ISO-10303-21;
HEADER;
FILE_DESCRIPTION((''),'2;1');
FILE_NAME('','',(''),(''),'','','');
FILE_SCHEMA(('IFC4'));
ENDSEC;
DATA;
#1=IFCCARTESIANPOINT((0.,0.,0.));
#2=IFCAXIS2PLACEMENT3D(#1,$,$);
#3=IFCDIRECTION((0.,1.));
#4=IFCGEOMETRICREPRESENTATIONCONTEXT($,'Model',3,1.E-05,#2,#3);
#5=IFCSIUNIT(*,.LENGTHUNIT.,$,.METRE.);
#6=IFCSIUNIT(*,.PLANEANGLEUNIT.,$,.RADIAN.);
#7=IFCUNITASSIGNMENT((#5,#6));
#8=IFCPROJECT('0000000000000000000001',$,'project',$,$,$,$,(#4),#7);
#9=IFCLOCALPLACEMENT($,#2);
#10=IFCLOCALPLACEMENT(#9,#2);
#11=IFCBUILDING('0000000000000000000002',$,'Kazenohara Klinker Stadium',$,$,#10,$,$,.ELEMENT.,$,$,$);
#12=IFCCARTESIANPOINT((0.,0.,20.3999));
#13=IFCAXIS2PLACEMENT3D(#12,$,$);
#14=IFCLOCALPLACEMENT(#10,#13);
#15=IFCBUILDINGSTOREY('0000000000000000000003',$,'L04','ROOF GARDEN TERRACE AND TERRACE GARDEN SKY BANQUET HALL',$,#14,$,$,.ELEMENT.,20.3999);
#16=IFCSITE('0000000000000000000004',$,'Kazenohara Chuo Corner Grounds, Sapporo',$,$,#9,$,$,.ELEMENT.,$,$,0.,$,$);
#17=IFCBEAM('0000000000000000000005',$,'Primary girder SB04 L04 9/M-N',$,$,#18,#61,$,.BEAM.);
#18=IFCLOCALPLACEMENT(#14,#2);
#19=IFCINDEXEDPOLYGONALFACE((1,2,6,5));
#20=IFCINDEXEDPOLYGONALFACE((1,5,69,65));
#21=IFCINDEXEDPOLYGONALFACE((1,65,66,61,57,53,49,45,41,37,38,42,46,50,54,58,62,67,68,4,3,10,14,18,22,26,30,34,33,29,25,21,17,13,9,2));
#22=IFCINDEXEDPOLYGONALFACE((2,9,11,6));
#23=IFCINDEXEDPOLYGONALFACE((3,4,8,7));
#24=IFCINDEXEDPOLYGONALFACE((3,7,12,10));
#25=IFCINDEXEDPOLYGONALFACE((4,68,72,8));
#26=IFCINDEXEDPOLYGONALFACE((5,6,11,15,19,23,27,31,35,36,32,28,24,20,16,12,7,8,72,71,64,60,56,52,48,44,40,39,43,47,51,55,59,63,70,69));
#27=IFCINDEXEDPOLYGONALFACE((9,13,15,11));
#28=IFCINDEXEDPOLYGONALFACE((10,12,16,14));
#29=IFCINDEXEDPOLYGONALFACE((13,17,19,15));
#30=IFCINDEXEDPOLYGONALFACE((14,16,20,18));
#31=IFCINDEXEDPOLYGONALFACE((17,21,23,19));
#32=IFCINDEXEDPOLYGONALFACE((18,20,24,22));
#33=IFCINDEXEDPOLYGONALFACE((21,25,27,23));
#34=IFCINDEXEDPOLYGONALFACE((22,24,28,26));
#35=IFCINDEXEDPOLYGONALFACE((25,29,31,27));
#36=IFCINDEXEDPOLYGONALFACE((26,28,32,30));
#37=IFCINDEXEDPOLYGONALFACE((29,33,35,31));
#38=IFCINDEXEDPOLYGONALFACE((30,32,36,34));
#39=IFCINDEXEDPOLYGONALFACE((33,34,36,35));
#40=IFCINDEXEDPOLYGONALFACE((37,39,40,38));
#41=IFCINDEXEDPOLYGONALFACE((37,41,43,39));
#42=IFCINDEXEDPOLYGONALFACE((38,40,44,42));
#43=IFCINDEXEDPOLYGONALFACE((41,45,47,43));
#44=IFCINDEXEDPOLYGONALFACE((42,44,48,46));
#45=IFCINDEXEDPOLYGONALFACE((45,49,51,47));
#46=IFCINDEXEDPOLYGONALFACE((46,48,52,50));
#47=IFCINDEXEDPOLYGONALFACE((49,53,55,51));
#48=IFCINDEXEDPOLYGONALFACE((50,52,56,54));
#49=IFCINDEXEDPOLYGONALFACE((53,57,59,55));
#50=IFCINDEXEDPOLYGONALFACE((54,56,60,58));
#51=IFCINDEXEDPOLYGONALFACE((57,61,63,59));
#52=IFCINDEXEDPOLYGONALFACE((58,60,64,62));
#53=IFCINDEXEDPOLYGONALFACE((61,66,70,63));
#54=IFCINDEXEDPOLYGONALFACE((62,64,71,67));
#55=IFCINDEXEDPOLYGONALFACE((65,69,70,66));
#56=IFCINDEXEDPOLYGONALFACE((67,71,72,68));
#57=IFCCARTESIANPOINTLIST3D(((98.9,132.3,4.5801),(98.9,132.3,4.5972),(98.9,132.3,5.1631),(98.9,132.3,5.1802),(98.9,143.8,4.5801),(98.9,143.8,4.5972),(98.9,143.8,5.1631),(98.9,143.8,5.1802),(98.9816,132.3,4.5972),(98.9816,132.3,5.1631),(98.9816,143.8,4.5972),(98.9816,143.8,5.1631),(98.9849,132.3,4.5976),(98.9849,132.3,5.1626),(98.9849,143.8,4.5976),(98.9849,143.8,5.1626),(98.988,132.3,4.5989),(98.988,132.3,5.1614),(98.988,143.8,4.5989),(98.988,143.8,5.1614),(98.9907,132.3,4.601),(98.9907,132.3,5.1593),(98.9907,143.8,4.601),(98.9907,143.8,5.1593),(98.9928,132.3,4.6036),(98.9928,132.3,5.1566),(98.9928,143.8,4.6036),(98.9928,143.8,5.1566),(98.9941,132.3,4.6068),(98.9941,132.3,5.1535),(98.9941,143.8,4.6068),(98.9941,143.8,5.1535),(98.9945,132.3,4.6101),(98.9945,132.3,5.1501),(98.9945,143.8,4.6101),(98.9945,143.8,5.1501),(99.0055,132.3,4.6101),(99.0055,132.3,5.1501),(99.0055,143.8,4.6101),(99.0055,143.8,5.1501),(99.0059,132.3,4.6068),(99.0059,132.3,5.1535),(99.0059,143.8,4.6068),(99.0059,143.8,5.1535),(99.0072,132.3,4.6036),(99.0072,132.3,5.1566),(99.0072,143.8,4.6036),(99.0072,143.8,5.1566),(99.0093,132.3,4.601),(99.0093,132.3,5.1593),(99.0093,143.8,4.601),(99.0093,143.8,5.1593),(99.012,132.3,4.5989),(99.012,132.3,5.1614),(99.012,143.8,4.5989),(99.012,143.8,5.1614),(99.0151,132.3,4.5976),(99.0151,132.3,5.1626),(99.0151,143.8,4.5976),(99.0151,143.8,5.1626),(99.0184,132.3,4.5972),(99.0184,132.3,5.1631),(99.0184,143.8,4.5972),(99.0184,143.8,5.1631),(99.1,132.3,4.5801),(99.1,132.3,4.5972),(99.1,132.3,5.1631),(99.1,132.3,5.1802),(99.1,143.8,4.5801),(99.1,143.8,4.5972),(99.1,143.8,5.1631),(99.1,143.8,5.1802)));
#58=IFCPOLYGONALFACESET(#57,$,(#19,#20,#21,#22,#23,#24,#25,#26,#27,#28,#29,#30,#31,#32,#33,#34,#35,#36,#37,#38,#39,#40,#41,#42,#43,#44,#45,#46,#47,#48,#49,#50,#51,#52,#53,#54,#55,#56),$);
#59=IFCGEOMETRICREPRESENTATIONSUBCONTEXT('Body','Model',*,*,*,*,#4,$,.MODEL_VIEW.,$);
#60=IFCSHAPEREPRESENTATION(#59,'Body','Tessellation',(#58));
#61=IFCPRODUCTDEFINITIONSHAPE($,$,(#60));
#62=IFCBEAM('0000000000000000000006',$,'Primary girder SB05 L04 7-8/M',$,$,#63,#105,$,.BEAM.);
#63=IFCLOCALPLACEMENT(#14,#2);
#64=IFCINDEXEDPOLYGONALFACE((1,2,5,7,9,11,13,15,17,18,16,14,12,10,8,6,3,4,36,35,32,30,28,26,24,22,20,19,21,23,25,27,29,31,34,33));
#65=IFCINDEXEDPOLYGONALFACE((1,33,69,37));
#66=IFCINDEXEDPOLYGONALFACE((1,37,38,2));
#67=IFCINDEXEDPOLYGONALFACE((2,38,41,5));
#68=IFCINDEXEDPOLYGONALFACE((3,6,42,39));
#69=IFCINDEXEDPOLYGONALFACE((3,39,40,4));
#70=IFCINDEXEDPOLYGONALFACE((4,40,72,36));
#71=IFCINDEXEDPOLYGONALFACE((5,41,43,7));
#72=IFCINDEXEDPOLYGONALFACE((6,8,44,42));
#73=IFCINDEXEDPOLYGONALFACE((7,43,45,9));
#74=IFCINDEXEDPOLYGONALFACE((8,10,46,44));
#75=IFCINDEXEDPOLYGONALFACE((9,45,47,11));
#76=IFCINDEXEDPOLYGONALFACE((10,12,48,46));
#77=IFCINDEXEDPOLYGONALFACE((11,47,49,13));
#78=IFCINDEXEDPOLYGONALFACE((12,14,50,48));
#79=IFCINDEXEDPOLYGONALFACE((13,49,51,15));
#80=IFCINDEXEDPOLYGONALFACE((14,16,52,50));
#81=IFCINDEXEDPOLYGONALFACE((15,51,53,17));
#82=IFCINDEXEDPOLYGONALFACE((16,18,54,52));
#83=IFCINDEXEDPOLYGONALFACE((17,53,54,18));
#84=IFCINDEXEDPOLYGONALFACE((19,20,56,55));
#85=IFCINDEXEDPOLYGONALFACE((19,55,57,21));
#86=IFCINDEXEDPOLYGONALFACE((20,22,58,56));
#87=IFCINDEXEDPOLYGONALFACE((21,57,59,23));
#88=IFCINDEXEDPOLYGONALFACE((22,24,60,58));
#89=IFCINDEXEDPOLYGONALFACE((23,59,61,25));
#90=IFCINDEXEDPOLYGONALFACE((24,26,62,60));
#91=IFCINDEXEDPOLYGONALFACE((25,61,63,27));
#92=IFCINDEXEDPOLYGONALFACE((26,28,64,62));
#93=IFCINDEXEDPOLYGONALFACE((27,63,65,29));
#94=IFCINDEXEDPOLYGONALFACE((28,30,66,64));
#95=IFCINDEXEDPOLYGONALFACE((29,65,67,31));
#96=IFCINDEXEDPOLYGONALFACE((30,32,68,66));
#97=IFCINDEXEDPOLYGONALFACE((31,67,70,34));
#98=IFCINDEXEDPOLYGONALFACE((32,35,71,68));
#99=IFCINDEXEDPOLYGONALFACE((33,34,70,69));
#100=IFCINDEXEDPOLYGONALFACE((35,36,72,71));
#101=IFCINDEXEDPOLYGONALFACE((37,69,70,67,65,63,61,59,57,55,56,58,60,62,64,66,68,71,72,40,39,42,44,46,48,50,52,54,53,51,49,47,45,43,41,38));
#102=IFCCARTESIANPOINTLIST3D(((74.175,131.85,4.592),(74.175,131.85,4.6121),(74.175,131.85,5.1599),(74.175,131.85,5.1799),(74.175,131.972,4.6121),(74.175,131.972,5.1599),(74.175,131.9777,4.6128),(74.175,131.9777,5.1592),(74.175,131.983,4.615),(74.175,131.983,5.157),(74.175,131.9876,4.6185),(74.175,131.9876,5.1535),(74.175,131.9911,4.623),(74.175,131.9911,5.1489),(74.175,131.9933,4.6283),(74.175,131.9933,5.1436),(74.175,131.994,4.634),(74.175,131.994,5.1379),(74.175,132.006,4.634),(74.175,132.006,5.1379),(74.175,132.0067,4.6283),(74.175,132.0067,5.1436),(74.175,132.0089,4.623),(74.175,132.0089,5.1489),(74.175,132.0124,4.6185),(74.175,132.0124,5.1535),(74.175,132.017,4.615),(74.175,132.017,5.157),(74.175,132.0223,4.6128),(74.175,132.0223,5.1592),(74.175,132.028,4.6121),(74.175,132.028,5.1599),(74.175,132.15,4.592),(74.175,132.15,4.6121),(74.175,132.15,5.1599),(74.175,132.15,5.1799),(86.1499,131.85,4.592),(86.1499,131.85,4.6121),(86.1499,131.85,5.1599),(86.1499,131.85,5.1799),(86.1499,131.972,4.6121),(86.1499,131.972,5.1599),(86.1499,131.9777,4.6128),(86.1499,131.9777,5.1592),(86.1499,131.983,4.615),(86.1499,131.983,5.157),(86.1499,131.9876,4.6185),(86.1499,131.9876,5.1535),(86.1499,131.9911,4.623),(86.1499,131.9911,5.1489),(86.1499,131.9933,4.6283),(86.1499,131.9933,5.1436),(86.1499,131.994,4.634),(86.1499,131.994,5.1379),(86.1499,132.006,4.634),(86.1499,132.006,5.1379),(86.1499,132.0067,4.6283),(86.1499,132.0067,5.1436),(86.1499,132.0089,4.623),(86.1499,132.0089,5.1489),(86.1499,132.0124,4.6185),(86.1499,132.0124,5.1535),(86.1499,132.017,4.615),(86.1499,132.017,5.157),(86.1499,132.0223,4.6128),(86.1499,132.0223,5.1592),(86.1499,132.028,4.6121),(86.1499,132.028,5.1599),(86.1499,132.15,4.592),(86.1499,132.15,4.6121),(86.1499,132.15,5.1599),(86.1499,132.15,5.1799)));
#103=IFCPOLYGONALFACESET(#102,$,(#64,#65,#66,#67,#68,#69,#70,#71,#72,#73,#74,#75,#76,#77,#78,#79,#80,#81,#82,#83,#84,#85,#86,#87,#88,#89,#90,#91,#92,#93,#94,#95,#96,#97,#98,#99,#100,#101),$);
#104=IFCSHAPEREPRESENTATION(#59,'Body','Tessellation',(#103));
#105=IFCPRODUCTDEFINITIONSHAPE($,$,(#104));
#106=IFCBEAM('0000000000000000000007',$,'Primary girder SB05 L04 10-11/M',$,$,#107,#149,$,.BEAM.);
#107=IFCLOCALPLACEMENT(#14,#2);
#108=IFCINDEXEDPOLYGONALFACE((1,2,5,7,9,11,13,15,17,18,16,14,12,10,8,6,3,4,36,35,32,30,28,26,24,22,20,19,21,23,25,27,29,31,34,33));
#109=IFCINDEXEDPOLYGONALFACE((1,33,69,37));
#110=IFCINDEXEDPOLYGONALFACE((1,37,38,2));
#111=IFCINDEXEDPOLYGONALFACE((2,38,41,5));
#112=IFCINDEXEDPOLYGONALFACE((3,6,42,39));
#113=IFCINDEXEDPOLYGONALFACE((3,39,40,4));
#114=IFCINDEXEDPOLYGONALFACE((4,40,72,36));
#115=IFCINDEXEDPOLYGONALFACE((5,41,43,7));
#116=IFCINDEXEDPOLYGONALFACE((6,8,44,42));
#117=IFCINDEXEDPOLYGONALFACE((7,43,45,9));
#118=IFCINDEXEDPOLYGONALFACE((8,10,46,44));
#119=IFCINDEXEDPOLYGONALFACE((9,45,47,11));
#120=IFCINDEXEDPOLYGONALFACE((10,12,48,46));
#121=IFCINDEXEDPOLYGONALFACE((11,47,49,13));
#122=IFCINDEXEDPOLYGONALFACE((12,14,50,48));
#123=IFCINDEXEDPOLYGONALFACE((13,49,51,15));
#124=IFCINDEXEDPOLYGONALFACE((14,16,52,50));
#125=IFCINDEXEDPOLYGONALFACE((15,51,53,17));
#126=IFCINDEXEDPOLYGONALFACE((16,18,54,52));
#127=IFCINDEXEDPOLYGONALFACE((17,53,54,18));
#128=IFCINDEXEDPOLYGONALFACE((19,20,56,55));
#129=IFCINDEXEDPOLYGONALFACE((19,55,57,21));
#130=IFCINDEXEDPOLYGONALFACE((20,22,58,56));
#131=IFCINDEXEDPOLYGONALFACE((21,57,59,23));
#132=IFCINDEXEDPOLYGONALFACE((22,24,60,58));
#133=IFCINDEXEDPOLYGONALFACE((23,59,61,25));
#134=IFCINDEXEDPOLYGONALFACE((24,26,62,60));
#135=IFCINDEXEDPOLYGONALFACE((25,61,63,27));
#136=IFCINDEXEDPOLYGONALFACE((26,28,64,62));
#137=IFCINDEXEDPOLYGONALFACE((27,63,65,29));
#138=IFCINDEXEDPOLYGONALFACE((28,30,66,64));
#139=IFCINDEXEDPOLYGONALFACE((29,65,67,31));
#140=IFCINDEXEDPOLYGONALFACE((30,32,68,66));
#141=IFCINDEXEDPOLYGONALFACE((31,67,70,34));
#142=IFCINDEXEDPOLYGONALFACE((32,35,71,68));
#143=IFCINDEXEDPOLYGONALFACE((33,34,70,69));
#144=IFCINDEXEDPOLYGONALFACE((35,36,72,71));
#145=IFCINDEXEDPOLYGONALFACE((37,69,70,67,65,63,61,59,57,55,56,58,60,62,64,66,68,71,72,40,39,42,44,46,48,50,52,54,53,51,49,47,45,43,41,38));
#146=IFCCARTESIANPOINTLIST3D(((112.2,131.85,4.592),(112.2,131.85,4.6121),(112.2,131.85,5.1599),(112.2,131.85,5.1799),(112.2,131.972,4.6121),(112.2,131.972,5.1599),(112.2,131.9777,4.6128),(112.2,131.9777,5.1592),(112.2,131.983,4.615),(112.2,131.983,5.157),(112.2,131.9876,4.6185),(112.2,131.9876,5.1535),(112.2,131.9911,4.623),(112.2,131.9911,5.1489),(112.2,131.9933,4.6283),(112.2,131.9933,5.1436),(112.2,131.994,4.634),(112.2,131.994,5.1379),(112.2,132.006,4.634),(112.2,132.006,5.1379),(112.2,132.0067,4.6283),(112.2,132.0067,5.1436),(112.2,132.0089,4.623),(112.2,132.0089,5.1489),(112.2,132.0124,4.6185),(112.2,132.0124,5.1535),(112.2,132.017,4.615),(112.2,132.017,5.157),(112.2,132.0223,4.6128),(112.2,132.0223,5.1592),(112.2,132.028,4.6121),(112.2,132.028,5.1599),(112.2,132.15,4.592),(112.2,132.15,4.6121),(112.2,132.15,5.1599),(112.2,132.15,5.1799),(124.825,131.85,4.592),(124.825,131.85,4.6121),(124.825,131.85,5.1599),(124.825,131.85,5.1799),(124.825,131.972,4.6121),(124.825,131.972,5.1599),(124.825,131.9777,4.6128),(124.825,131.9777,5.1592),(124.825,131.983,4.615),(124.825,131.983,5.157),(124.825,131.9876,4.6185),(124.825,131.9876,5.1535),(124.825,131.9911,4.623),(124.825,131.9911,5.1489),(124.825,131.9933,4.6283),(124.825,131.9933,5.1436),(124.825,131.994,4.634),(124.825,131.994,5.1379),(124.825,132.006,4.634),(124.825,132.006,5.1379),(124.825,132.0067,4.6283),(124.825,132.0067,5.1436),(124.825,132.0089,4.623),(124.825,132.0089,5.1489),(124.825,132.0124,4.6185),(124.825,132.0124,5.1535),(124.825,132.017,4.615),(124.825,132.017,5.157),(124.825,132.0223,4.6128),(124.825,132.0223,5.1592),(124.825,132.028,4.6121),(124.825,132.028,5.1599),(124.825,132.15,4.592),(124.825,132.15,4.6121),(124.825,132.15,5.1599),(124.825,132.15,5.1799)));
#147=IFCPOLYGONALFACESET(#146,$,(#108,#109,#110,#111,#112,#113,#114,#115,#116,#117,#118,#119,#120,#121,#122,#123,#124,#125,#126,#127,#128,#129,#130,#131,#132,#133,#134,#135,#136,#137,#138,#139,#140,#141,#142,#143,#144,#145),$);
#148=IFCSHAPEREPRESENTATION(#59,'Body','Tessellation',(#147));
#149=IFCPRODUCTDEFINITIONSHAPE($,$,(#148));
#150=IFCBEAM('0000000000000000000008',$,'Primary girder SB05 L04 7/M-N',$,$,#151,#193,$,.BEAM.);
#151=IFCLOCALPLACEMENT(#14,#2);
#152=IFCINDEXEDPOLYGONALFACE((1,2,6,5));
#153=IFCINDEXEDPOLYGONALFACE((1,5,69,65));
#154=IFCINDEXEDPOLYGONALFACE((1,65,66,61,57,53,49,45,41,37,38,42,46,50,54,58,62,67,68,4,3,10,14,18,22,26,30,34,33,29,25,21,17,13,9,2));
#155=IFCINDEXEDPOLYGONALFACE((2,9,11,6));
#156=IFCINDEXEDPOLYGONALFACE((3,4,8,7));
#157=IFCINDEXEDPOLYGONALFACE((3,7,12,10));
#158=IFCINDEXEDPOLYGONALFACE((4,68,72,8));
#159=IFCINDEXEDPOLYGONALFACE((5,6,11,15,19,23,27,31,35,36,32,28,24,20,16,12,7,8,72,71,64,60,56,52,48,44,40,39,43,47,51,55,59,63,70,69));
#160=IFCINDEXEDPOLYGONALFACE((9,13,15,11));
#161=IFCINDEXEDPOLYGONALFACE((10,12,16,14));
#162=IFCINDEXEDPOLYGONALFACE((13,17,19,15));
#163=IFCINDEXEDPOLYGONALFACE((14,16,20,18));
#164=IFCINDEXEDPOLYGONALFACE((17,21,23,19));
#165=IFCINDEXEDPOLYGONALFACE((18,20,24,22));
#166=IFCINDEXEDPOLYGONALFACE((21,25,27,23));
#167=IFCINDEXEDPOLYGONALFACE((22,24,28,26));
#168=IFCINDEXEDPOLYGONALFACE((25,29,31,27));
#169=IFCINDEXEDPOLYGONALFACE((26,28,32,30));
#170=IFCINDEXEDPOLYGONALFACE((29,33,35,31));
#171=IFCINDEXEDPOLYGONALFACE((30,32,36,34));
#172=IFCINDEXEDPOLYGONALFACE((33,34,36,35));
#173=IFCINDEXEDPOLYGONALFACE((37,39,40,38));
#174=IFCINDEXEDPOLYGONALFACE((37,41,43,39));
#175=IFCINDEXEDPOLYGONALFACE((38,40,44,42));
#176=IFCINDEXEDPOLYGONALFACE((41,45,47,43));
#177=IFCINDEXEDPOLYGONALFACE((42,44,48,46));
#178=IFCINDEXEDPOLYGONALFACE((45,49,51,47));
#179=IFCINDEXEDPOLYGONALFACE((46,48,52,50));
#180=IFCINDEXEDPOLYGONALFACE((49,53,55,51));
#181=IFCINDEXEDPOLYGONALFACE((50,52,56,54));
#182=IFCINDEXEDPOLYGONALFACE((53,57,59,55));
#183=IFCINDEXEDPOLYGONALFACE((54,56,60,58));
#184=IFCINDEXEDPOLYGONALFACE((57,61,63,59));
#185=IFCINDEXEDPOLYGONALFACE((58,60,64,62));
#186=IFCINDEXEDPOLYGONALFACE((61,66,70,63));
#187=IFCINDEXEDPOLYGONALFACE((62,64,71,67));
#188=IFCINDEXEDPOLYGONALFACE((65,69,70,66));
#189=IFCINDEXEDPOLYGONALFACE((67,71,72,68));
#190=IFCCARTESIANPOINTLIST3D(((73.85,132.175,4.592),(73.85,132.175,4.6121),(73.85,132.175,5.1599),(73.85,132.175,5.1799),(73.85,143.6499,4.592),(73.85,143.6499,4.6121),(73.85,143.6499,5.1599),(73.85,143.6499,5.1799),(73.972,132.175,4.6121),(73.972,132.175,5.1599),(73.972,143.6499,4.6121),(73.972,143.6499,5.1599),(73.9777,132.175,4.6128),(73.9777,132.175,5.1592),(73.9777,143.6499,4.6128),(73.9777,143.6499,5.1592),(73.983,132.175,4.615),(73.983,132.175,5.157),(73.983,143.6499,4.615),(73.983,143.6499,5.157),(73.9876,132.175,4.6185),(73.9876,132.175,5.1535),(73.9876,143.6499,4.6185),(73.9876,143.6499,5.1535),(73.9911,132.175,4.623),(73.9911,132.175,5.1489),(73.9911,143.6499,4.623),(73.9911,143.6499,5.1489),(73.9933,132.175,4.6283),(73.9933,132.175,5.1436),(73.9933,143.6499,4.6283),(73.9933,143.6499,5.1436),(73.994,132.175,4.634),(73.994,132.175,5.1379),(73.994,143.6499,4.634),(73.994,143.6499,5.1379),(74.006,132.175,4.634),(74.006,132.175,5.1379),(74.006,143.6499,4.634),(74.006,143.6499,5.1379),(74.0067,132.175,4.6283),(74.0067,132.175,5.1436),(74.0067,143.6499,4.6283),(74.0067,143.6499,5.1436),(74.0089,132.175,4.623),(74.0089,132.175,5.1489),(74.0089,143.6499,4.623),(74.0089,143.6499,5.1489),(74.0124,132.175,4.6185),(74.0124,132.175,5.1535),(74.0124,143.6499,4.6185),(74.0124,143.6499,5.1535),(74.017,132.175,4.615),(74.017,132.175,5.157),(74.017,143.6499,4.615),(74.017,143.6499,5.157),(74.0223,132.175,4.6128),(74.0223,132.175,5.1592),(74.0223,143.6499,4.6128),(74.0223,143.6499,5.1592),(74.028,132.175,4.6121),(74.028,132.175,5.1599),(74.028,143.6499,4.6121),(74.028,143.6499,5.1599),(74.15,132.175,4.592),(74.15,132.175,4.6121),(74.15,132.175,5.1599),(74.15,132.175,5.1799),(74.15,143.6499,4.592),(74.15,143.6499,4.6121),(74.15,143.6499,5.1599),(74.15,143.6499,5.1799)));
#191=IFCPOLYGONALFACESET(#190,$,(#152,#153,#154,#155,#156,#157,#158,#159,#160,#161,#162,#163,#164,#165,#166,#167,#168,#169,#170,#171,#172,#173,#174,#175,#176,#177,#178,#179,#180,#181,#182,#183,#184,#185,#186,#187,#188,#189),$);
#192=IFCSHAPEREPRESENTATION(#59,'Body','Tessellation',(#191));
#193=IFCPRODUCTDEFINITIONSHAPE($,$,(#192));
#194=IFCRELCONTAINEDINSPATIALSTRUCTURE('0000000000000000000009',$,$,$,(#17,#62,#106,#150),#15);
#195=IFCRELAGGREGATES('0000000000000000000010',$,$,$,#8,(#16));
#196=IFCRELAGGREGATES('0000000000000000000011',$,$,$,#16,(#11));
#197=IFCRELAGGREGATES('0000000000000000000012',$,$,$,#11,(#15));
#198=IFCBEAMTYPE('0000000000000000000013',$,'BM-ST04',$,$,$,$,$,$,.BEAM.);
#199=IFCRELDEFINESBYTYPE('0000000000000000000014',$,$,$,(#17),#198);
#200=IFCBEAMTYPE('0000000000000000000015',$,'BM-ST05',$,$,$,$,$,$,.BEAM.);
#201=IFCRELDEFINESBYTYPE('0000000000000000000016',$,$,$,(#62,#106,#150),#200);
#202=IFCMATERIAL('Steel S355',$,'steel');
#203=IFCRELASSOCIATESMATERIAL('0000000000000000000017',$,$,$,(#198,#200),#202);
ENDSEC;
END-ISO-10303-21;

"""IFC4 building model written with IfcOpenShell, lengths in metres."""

from ifc_helpers import new_model, si_unit, direction, frame, origin, origin_2d, place, context, subcontext, project, spatial, i_section, extrude, material, material_profile, profile_set, type_object, element, save


model = new_model("IFC4")

# Units and contexts
model_context = context("Model", 3, precision=1e-05, world=origin(), true_north=direction((0.0, 1.0)))
body_context = subcontext(model_context, "Body", "Model", "MODEL_VIEW")
ifc_project = project(units=[si_unit("LENGTHUNIT", "METRE"), si_unit("PLANEANGLEUNIT", "RADIAN")], contexts=[model_context])

# Site, building, storey
site_placement = place(None, origin())
site = spatial("IfcSite", under=ifc_project, at=site_placement, Name="Kazenohara Chuo Corner Grounds, Sapporo", CompositionType="ELEMENT", RefElevation=0.0)
building_placement = place(site_placement, origin())
building = spatial("IfcBuilding", under=site, at=building_placement, Name="Kazenohara Klinker Stadium", CompositionType="ELEMENT")
storey_placement = place(building_placement, frame((0.0, 0.0, 20.3999)))
storey = spatial("IfcBuildingStorey", under=building, at=storey_placement, Name="L04", Description="ROOF GARDEN TERRACE AND TERRACE GARDEN SKY BANQUET HALL", CompositionType="ELEMENT", Elevation=20.3999)

# Shared definitions
ifc_material_1 = material(Name="Steel S355", Category="steel")

# Beams
ifc_material_profile_1 = material_profile(ifc_material_1, i_section(OverallWidth=0.2, OverallDepth=0.6001, WebThickness=0.011, FlangeThickness=0.0171, FilletRadius=0.0129, at=origin_2d()), Name="H-600x200x11x17")
ifc_profile_set_1 = profile_set([ifc_material_profile_1], Name="Steel S355")
beam_type_1 = type_object("IfcBeamType", Name="BM-ST04", PredefinedType="BEAM", material=ifc_profile_set_1)
beam_1_placement = place(storey_placement, frame((99.0, 132.3, 4.8801), z_axis=(0.0, 1.0, 0.0), x_axis=(-1.0, 0.0, 0.0)))
element("IfcBeam", 1, at=beam_1_placement, inside=storey, type_object=beam_type_1, Name="Primary girder SB04 L04 9/M-N", PredefinedType="BEAM", context=body_context, shape_type="SweptSolid", body=[
    extrude(i_section(OverallWidth=0.2, OverallDepth=0.6001, WebThickness=0.011, FlangeThickness=0.0171, FilletRadius=0.0129, at=origin_2d()), origin(), (0.0, 0.0, 1.0), 11.5),
])
ifc_material_profile_2 = material_profile(ifc_material_1, i_section(OverallWidth=0.3, OverallDepth=0.5879, WebThickness=0.012, FlangeThickness=0.02, FilletRadius=0.022, at=origin_2d()), Name="H-588x300x12x20")
ifc_profile_set_2 = profile_set([ifc_material_profile_2], Name="Steel S355")
beam_type_2 = type_object("IfcBeamType", Name="BM-ST05", PredefinedType="BEAM", material=ifc_profile_set_2)
beam_2_placement = place(storey_placement, frame((74.175, 132.0, 4.886), z_axis=(1.0, 0.0, 0.0), x_axis=(0.0, 1.0, 0.0)))
element("IfcBeam", 2, at=beam_2_placement, inside=storey, type_object=beam_type_2, Name="Primary girder SB05 L04 7-8/M", PredefinedType="BEAM", context=body_context, shape_type="SweptSolid", body=[
    extrude(i_section(OverallWidth=0.3, OverallDepth=0.5879, WebThickness=0.012, FlangeThickness=0.02, FilletRadius=0.022, at=origin_2d()), origin(), (0.0, 0.0, 1.0), 11.9749),
])
beam_3_placement = place(storey_placement, frame((112.2, 132.0, 4.886), z_axis=(1.0, 0.0, 0.0), x_axis=(0.0, 1.0, 0.0)))
element("IfcBeam", 3, at=beam_3_placement, inside=storey, type_object=beam_type_2, Name="Primary girder SB05 L04 10-11/M", PredefinedType="BEAM", context=body_context, shape_type="SweptSolid", body=[
    extrude(i_section(OverallWidth=0.3, OverallDepth=0.5879, WebThickness=0.012, FlangeThickness=0.02, FilletRadius=0.022, at=origin_2d()), origin(), (0.0, 0.0, 1.0), 12.625),
])
beam_4_placement = place(storey_placement, frame((74.0, 132.175, 4.886), z_axis=(0.0, 1.0, 0.0), x_axis=(-1.0, 0.0, 0.0)))
element("IfcBeam", 4, at=beam_4_placement, inside=storey, type_object=beam_type_2, Name="Primary girder SB05 L04 7/M-N", PredefinedType="BEAM", context=body_context, shape_type="SweptSolid", body=[
    extrude(i_section(OverallWidth=0.3, OverallDepth=0.5879, WebThickness=0.012, FlangeThickness=0.02, FilletRadius=0.022, at=origin_2d()), origin(), (0.0, 0.0, 1.0), 11.4749),
])

save(model, "model.ifc")
